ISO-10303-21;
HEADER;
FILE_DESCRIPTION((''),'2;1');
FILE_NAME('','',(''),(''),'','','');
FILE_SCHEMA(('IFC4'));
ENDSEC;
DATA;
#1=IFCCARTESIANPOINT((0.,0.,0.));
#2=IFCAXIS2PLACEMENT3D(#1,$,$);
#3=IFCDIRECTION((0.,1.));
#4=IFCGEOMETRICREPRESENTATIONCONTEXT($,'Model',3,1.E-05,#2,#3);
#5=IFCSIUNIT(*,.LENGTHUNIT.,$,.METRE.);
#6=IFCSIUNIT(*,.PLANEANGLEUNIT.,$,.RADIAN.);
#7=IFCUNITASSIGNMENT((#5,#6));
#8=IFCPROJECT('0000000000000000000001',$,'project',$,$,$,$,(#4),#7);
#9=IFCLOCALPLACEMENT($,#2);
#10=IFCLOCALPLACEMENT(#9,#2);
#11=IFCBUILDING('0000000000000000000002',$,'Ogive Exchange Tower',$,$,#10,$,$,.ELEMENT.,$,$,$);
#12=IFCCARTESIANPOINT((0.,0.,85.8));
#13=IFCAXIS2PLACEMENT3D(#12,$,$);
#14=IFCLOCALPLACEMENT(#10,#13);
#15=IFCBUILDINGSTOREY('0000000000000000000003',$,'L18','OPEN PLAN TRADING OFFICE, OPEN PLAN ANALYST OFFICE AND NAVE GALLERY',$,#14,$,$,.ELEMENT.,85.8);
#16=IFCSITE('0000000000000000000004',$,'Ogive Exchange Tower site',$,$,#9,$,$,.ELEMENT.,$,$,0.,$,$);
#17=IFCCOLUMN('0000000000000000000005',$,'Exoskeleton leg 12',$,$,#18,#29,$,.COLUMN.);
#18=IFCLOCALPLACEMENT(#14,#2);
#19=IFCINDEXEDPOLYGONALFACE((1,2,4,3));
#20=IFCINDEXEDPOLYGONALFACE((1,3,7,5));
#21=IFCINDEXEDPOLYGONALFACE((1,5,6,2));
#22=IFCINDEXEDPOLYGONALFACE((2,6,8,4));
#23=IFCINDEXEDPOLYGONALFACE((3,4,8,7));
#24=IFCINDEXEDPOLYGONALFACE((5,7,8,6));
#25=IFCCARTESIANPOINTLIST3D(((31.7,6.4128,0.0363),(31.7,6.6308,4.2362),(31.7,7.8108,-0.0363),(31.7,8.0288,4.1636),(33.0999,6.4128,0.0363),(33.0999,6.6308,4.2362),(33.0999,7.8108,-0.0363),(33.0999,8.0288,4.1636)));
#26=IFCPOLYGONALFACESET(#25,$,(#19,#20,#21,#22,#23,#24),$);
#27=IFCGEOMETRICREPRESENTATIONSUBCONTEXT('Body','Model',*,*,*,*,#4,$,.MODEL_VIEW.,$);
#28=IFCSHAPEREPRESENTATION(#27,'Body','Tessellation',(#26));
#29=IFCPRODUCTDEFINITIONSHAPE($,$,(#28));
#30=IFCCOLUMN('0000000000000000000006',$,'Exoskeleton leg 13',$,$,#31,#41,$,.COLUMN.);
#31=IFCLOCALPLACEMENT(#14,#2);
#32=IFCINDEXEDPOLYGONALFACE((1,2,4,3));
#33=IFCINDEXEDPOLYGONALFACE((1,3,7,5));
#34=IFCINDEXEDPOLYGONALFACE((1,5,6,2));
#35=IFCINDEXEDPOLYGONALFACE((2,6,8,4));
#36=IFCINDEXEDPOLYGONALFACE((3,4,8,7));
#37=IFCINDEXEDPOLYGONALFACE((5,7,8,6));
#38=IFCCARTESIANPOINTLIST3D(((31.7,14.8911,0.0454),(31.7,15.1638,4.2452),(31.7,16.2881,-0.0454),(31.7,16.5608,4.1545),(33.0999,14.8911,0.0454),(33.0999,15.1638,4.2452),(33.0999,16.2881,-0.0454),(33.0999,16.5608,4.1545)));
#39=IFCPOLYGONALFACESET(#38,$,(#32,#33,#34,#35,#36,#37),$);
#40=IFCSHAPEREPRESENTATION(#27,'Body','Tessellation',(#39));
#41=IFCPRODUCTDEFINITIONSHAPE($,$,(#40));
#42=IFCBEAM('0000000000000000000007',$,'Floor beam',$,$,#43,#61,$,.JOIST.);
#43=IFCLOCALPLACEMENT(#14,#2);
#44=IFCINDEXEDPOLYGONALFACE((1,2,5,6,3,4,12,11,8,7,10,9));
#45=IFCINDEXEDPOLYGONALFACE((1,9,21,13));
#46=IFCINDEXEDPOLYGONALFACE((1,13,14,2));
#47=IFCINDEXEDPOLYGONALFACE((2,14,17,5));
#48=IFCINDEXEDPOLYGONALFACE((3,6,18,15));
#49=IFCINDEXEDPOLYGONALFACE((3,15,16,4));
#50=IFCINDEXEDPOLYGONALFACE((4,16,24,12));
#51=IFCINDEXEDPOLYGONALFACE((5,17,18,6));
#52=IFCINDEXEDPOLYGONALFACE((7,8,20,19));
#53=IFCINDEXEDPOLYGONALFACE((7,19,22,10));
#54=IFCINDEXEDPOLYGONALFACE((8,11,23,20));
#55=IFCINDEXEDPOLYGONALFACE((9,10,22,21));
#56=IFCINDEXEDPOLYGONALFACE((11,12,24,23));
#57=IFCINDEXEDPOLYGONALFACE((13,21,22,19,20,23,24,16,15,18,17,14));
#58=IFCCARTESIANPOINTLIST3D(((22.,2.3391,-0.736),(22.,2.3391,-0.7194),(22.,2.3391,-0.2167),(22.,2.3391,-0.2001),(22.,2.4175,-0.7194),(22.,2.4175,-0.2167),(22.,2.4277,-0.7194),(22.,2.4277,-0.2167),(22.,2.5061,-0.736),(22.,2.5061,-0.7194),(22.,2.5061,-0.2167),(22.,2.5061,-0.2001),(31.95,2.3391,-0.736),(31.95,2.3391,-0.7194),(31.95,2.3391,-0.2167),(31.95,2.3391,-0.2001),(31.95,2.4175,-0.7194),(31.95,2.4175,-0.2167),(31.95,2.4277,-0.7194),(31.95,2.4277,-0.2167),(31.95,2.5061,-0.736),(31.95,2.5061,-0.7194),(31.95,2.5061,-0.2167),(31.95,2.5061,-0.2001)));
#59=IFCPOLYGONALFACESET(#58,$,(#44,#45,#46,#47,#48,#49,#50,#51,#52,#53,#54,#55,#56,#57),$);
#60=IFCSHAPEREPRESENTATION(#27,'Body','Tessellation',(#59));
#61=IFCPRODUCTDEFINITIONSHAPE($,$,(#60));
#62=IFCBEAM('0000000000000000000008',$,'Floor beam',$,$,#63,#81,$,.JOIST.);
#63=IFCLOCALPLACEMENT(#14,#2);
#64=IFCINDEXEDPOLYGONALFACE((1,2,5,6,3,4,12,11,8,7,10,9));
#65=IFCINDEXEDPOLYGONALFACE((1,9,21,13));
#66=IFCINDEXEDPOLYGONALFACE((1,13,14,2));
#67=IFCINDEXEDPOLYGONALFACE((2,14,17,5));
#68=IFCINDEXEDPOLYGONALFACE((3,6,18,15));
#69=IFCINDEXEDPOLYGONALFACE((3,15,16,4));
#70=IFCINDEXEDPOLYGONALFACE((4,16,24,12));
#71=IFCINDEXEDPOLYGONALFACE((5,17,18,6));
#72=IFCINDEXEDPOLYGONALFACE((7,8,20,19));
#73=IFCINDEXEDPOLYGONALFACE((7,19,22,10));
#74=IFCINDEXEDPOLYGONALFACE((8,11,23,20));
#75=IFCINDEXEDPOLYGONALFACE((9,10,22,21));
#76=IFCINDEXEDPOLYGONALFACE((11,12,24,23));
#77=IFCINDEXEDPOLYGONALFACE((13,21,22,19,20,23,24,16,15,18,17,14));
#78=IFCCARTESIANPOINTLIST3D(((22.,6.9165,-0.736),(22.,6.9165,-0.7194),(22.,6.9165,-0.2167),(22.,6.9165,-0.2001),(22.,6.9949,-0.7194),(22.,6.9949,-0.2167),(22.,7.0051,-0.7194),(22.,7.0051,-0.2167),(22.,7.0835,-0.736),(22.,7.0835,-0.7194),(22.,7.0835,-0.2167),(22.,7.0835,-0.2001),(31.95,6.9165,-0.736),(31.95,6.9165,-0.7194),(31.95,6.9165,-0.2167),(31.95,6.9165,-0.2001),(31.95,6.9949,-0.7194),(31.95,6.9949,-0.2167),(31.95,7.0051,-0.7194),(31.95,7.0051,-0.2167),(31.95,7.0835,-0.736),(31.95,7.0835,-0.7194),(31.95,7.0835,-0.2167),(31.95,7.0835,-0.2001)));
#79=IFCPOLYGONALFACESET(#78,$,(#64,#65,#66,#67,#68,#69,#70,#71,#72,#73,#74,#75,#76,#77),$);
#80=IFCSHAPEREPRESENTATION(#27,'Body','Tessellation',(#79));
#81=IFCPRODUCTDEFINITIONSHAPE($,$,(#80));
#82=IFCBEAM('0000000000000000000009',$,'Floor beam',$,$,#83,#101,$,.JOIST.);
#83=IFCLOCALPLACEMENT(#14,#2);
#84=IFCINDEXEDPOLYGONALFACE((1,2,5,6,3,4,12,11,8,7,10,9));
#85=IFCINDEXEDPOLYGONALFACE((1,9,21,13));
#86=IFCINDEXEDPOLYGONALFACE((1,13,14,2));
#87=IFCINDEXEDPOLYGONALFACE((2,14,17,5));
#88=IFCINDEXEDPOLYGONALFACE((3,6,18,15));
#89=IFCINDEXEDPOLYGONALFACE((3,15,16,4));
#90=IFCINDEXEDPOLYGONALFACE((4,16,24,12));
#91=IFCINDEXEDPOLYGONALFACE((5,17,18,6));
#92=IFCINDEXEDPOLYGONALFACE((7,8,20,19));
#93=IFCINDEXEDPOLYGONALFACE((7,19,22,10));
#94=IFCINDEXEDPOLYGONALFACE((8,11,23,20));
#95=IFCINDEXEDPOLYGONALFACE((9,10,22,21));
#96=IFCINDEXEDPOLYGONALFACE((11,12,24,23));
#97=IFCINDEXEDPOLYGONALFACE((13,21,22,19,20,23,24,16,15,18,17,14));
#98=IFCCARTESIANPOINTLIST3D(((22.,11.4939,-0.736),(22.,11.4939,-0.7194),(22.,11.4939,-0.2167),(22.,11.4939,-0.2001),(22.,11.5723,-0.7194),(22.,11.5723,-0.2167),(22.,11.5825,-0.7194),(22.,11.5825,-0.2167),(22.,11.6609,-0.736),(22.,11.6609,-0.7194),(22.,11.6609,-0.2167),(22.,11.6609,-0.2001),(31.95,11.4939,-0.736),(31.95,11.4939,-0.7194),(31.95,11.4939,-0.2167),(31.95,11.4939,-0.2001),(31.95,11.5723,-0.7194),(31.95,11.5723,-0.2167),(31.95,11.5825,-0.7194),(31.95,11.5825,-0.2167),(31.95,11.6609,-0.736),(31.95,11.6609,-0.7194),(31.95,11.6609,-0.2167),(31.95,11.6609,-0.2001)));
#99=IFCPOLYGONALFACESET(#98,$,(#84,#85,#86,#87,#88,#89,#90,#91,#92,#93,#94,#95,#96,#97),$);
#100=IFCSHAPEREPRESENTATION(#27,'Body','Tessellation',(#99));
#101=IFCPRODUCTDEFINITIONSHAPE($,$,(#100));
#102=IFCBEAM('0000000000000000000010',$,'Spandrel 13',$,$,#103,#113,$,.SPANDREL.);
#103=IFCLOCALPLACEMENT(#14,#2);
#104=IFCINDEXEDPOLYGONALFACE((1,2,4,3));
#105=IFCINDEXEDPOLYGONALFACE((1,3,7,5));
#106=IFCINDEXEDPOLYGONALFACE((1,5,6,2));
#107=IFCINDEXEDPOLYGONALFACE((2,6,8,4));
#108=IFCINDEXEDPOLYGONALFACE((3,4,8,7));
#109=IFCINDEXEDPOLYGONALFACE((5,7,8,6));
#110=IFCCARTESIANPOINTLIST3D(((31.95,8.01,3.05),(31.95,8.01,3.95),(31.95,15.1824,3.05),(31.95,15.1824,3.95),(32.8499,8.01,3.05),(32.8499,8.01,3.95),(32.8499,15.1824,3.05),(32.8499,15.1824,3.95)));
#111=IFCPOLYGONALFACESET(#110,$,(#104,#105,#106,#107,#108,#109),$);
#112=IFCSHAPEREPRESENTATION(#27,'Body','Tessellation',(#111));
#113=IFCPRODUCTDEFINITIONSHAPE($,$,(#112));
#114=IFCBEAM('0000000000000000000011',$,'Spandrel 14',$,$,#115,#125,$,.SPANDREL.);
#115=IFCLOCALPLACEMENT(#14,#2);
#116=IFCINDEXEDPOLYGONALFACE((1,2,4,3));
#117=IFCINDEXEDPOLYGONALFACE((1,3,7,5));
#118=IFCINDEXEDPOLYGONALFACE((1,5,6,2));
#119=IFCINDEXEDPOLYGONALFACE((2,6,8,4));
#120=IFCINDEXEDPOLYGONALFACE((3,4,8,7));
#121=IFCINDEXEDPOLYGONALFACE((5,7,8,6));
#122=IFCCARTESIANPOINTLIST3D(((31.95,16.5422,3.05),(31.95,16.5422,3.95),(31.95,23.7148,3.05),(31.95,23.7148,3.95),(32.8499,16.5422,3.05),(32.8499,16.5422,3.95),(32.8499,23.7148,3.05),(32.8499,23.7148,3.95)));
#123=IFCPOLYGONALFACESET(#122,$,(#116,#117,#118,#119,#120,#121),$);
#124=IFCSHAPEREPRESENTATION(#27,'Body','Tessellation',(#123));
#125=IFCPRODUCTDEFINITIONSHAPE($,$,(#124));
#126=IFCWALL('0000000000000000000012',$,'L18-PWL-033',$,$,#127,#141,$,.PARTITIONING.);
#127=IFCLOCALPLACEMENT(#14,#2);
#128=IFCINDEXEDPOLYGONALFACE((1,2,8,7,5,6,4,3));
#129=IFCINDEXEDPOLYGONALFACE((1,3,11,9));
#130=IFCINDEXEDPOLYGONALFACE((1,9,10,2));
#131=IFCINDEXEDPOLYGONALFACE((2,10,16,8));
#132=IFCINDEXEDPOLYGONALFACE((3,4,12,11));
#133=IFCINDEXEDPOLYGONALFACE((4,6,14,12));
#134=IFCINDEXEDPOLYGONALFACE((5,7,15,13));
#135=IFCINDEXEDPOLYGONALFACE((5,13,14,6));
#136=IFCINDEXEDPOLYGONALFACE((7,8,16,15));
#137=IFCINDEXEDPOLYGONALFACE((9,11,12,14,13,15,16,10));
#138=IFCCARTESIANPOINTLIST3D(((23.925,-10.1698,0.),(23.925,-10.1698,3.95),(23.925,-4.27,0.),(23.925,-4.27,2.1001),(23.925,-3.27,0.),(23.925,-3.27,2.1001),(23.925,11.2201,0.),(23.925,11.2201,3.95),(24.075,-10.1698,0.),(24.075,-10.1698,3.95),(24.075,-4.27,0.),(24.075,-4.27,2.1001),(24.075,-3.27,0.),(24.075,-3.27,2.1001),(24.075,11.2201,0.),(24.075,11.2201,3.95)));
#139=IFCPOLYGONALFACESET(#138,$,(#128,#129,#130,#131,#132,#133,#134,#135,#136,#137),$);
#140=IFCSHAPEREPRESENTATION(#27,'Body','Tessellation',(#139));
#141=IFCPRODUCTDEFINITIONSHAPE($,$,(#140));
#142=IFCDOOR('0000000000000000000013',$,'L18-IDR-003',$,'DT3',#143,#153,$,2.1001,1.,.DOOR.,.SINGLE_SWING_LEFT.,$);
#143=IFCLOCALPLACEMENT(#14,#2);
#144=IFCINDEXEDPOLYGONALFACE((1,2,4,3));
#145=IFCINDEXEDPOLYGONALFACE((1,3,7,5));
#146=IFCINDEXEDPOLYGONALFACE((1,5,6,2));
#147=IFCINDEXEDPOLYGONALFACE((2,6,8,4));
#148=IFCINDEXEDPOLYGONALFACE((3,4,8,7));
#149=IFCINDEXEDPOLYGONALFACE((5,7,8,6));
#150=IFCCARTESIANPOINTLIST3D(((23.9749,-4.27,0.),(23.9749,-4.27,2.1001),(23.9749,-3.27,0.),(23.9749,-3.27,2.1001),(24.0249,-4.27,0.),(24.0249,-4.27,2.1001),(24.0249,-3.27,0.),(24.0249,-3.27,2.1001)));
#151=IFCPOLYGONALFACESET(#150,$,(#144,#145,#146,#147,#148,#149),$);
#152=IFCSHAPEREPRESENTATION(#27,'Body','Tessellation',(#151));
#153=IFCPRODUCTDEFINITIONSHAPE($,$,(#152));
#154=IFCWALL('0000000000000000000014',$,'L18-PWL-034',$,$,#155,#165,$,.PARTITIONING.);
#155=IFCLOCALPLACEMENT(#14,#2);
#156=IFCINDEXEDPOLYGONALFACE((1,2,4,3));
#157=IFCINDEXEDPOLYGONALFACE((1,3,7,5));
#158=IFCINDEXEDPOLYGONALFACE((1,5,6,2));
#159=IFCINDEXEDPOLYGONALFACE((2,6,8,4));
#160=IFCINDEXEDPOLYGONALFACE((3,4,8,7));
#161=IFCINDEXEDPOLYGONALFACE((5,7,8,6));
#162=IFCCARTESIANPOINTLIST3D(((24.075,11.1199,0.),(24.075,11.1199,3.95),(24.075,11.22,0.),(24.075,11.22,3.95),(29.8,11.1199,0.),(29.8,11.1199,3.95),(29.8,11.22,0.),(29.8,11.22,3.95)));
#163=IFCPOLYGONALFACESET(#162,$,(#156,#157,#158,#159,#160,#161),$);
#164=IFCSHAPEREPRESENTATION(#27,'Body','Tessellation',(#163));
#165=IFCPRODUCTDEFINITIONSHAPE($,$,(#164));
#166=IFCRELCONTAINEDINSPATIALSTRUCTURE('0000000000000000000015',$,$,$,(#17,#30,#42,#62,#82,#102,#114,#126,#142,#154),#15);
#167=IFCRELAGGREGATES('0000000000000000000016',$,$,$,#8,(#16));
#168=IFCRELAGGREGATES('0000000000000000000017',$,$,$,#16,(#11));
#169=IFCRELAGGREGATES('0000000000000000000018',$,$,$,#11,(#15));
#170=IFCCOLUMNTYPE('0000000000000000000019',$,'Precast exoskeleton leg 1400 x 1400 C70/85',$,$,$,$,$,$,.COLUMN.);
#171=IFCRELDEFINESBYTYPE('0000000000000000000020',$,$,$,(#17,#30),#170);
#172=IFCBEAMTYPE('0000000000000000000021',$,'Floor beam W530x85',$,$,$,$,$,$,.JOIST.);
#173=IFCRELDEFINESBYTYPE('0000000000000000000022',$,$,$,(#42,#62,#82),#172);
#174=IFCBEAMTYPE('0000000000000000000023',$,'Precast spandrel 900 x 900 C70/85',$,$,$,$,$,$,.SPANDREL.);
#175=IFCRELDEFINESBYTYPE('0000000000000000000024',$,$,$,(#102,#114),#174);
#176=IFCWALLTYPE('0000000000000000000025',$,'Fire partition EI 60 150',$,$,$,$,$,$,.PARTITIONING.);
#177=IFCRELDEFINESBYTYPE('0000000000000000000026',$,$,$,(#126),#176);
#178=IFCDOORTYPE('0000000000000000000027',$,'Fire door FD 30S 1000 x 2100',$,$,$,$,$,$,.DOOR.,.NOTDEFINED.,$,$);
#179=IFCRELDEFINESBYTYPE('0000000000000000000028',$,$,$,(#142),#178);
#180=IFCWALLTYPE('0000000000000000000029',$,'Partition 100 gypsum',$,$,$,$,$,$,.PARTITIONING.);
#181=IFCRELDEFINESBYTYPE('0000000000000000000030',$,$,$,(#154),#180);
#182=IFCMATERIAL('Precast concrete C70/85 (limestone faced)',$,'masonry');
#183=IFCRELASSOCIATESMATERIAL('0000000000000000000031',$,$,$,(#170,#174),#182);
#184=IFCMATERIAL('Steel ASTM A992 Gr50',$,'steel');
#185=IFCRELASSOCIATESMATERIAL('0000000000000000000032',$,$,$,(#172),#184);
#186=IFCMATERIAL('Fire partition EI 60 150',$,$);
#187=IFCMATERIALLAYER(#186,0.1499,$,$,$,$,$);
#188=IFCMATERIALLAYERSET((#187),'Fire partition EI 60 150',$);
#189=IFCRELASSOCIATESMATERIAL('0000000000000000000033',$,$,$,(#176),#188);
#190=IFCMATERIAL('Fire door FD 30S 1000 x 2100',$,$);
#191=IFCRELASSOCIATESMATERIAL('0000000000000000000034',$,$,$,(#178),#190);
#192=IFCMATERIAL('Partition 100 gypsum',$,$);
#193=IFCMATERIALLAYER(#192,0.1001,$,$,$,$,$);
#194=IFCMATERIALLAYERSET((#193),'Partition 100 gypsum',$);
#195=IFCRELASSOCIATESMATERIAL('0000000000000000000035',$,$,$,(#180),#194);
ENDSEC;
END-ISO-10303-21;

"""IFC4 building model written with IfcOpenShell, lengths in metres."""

from ifc_helpers import new_model, si_unit, direction, frame, frame_2d, origin, origin_2d, place, context, subcontext, project, spatial, rectangle, i_section, extrude, material, layer, layer_set, material_profile, profile_set, type_object, element, fill, save


model = new_model("IFC4")

# Units and contexts
model_context = context("Model", 3, precision=1e-05, world=origin(), true_north=direction((0.0, 1.0)))
body_context = subcontext(model_context, "Body", "Model", "MODEL_VIEW")
ifc_project = project(units=[si_unit("LENGTHUNIT", "METRE"), si_unit("PLANEANGLEUNIT", "RADIAN")], contexts=[model_context])

# Site, building, storey
site_placement = place(None, origin())
site = spatial("IfcSite", under=ifc_project, at=site_placement, Name="Ogive Exchange Tower site", CompositionType="ELEMENT", RefElevation=0.0)
building_placement = place(site_placement, origin())
building = spatial("IfcBuilding", under=site, at=building_placement, Name="Ogive Exchange Tower", CompositionType="ELEMENT")
storey_placement = place(building_placement, frame((0.0, 0.0, 85.8)))
storey = spatial("IfcBuildingStorey", under=building, at=storey_placement, Name="L18", Description="OPEN PLAN TRADING OFFICE, OPEN PLAN ANALYST OFFICE AND NAVE GALLERY", CompositionType="ELEMENT", Elevation=85.8)

# Columns
ifc_material_1 = material(Name="Precast concrete C70/85 (limestone faced)", Category="masonry")
ifc_material_profile_1 = material_profile(ifc_material_1, rectangle(XDim=1.3999, YDim=1.3999, at=origin_2d()), Name="1400 x 1400")
ifc_profile_set_1 = profile_set([ifc_material_profile_1], Name="Precast concrete C70/85 (limestone faced)")
column_type = type_object("IfcColumnType", Name="Precast exoskeleton leg 1400 x 1400 C70/85", PredefinedType="COLUMN", material=ifc_profile_set_1)
column_1_placement = place(storey_placement, frame((32.3999, 7.1118, 0.0), z_axis=(0.0, 0.05184, 0.998655), x_axis=(-1.0, 0.0, 0.0)))
element("IfcColumn", 1, at=column_1_placement, inside=storey, type_object=column_type, Name="Exoskeleton leg 12", PredefinedType="COLUMN", context=body_context, shape_type="SweptSolid", body=[
    extrude(rectangle(XDim=1.3999, YDim=1.3999, at=origin_2d()), origin(), (0.0, 0.0, 1.0), 4.2056),
])
column_2_placement = place(storey_placement, frame((32.3999, 15.5896, 0.0), z_axis=(0.0, 0.064794, 0.997899), x_axis=(-1.0, 0.0, 0.0)))
element("IfcColumn", 2, at=column_2_placement, inside=storey, type_object=column_type, Name="Exoskeleton leg 13", PredefinedType="COLUMN", context=body_context, shape_type="SweptSolid", body=[
    extrude(rectangle(XDim=1.3999, YDim=1.3999, at=origin_2d()), origin(), (0.0, 0.0, 1.0), 4.2087),
])

# Beams
ifc_material_2 = material(Name="Steel ASTM A992 Gr50", Category="steel")
ifc_material_profile_2 = material_profile(ifc_material_2, i_section(OverallWidth=0.167, OverallDepth=0.5359, WebThickness=0.0103, FlangeThickness=0.0166, at=origin_2d()), Name="W530x85")
ifc_profile_set_2 = profile_set([ifc_material_profile_2], Name="Steel ASTM A992 Gr50")
beam_type_1 = type_object("IfcBeamType", Name="Floor beam W530x85", PredefinedType="JOIST", material=ifc_profile_set_2)
for number, where, z_axis, x_axis, name in (
    (3, (22.0, 2.4226, -0.468), (1.0, 0.0, 0.0), (0.0, 1.0, 0.0), "Floor beam"),
    (4, (22.0, 7.0, -0.468), (1.0, 0.0, 0.0), (0.0, 1.0, 0.0), "Floor beam"),
    (5, (22.0, 11.5774, -0.468), (1.0, 0.0, 0.0), (0.0, 1.0, 0.0), "Floor beam"),
):
    element("IfcBeam", number, at=place(storey_placement, frame(where, z_axis=z_axis, x_axis=x_axis)), inside=storey, type_object=beam_type_1, Name=name, PredefinedType="JOIST", context=body_context, shape_type="SweptSolid", body=[
        extrude(i_section(OverallWidth=0.167, OverallDepth=0.5359, WebThickness=0.0103, FlangeThickness=0.0166, at=origin_2d()), origin(), (0.0, 0.0, 1.0), 9.95),
    ])
ifc_material_profile_3 = material_profile(ifc_material_1, rectangle(XDim=0.8999, YDim=0.8999, at=origin_2d()), Name="900 x 900")
ifc_profile_set_3 = profile_set([ifc_material_profile_3], Name="Precast concrete C70/85 (limestone faced)")
beam_type_2 = type_object("IfcBeamType", Name="Precast spandrel 900 x 900 C70/85", PredefinedType="SPANDREL", material=ifc_profile_set_3)
beam_1_placement = place(storey_placement, frame((32.3999, 8.01, 3.5), z_axis=(0.0, 1.0, 0.0), x_axis=(-1.0, 0.0, 0.0)))
element("IfcBeam", 6, at=beam_1_placement, inside=storey, type_object=beam_type_2, Name="Spandrel 13", PredefinedType="SPANDREL", context=body_context, shape_type="SweptSolid", body=[
    extrude(rectangle(XDim=0.8999, YDim=0.8999, at=origin_2d()), origin(), (0.0, 0.0, 1.0), 7.1724),
])
beam_2_placement = place(storey_placement, frame((32.3999, 16.5422, 3.5), z_axis=(0.0, 1.0, 0.0), x_axis=(-1.0, 0.0, 0.0)))
element("IfcBeam", 7, at=beam_2_placement, inside=storey, type_object=beam_type_2, Name="Spandrel 14", PredefinedType="SPANDREL", context=body_context, shape_type="SweptSolid", body=[
    extrude(rectangle(XDim=0.8999, YDim=0.8999, at=origin_2d()), origin(), (0.0, 0.0, 1.0), 7.1726),
])

# Wall, opening, door
ifc_material_3 = material(Name="Fire partition EI 60 150")
ifc_layer_1 = layer(ifc_material_3, 0.1499)
ifc_layer_set_1 = layer_set([ifc_layer_1], Name="Fire partition EI 60 150")
wall_type_1 = type_object("IfcWallType", Name="Fire partition EI 60 150", PredefinedType="PARTITIONING", material=ifc_layer_set_1)
wall_1_placement = place(storey_placement, frame((24.0, 11.22, 0.0), z_axis=(0.0, 0.0, 1.0), x_axis=(0.0, -1.0, 0.0)))
wall_1 = element("IfcWall", 8, at=wall_1_placement, inside=storey, type_object=wall_type_1, Name="L18-PWL-033", PredefinedType="PARTITIONING", context=body_context, shape_type="SweptSolid", body=[
    extrude(rectangle(XDim=21.3899, YDim=0.1499, at=frame_2d((10.6948, 0.0))), origin(), (0.0, 0.0, 1.0), 3.95),
])
opening_1_placement = place(wall_1_placement, frame((14.49, 0.0, 0.0)))
opening_1 = element("IfcOpeningElement", 9, at=opening_1_placement, cuts=wall_1, PredefinedType="OPENING", context=body_context, shape_type="SweptSolid", body=[
    extrude(rectangle(XDim=1.0, YDim=2.1001, at=frame_2d((0.5, 1.05))), frame((0.0, 0.085, 0.0), z_axis=(0.0, -1.0, 0.0), x_axis=(1.0, 0.0, 0.0)), (0.0, 0.0, 1.0), 0.1699),
])
ifc_material_4 = material(Name="Fire door FD 30S 1000 x 2100")
door_type_1 = type_object("IfcDoorType", Name="Fire door FD 30S 1000 x 2100", OperationType="NOTDEFINED", PredefinedType="DOOR", material=ifc_material_4)
door_1_placement = place(opening_1_placement, origin())
door_1 = element("IfcDoor", 10, at=door_1_placement, inside=storey, type_object=door_type_1, Name="L18-IDR-003", ObjectType="DT3", OperationType="SINGLE_SWING_LEFT", OverallHeight=2.1001, OverallWidth=1.0, PredefinedType="DOOR", context=body_context, shape_type="SweptSolid", body=[
    extrude(rectangle(XDim=1.0, YDim=2.1001, at=frame_2d((0.5, 1.05))), frame((0.0, 0.0249, 0.0), z_axis=(0.0, -1.0, 0.0), x_axis=(1.0, 0.0, 0.0)), (0.0, 0.0, 1.0), 0.05),
])
fill(opening_1, door_1)

# Wall
ifc_material_5 = material(Name="Partition 100 gypsum")
ifc_layer_2 = layer(ifc_material_5, 0.1001)
ifc_layer_set_2 = layer_set([ifc_layer_2], Name="Partition 100 gypsum")
wall_type_2 = type_object("IfcWallType", Name="Partition 100 gypsum", PredefinedType="PARTITIONING", material=ifc_layer_set_2)
wall_2_placement = place(storey_placement, frame((24.075, 11.1699, 0.0), z_axis=(0.0, 0.0, 1.0), x_axis=(1.0, 0.0, 0.0)))
element("IfcWall", 11, at=wall_2_placement, inside=storey, type_object=wall_type_2, Name="L18-PWL-034", PredefinedType="PARTITIONING", context=body_context, shape_type="SweptSolid", body=[
    extrude(rectangle(XDim=5.7251, YDim=0.1001, at=frame_2d((2.8625, 0.0))), origin(), (0.0, 0.0, 1.0), 3.95),
])

save(model, "model.ifc")
